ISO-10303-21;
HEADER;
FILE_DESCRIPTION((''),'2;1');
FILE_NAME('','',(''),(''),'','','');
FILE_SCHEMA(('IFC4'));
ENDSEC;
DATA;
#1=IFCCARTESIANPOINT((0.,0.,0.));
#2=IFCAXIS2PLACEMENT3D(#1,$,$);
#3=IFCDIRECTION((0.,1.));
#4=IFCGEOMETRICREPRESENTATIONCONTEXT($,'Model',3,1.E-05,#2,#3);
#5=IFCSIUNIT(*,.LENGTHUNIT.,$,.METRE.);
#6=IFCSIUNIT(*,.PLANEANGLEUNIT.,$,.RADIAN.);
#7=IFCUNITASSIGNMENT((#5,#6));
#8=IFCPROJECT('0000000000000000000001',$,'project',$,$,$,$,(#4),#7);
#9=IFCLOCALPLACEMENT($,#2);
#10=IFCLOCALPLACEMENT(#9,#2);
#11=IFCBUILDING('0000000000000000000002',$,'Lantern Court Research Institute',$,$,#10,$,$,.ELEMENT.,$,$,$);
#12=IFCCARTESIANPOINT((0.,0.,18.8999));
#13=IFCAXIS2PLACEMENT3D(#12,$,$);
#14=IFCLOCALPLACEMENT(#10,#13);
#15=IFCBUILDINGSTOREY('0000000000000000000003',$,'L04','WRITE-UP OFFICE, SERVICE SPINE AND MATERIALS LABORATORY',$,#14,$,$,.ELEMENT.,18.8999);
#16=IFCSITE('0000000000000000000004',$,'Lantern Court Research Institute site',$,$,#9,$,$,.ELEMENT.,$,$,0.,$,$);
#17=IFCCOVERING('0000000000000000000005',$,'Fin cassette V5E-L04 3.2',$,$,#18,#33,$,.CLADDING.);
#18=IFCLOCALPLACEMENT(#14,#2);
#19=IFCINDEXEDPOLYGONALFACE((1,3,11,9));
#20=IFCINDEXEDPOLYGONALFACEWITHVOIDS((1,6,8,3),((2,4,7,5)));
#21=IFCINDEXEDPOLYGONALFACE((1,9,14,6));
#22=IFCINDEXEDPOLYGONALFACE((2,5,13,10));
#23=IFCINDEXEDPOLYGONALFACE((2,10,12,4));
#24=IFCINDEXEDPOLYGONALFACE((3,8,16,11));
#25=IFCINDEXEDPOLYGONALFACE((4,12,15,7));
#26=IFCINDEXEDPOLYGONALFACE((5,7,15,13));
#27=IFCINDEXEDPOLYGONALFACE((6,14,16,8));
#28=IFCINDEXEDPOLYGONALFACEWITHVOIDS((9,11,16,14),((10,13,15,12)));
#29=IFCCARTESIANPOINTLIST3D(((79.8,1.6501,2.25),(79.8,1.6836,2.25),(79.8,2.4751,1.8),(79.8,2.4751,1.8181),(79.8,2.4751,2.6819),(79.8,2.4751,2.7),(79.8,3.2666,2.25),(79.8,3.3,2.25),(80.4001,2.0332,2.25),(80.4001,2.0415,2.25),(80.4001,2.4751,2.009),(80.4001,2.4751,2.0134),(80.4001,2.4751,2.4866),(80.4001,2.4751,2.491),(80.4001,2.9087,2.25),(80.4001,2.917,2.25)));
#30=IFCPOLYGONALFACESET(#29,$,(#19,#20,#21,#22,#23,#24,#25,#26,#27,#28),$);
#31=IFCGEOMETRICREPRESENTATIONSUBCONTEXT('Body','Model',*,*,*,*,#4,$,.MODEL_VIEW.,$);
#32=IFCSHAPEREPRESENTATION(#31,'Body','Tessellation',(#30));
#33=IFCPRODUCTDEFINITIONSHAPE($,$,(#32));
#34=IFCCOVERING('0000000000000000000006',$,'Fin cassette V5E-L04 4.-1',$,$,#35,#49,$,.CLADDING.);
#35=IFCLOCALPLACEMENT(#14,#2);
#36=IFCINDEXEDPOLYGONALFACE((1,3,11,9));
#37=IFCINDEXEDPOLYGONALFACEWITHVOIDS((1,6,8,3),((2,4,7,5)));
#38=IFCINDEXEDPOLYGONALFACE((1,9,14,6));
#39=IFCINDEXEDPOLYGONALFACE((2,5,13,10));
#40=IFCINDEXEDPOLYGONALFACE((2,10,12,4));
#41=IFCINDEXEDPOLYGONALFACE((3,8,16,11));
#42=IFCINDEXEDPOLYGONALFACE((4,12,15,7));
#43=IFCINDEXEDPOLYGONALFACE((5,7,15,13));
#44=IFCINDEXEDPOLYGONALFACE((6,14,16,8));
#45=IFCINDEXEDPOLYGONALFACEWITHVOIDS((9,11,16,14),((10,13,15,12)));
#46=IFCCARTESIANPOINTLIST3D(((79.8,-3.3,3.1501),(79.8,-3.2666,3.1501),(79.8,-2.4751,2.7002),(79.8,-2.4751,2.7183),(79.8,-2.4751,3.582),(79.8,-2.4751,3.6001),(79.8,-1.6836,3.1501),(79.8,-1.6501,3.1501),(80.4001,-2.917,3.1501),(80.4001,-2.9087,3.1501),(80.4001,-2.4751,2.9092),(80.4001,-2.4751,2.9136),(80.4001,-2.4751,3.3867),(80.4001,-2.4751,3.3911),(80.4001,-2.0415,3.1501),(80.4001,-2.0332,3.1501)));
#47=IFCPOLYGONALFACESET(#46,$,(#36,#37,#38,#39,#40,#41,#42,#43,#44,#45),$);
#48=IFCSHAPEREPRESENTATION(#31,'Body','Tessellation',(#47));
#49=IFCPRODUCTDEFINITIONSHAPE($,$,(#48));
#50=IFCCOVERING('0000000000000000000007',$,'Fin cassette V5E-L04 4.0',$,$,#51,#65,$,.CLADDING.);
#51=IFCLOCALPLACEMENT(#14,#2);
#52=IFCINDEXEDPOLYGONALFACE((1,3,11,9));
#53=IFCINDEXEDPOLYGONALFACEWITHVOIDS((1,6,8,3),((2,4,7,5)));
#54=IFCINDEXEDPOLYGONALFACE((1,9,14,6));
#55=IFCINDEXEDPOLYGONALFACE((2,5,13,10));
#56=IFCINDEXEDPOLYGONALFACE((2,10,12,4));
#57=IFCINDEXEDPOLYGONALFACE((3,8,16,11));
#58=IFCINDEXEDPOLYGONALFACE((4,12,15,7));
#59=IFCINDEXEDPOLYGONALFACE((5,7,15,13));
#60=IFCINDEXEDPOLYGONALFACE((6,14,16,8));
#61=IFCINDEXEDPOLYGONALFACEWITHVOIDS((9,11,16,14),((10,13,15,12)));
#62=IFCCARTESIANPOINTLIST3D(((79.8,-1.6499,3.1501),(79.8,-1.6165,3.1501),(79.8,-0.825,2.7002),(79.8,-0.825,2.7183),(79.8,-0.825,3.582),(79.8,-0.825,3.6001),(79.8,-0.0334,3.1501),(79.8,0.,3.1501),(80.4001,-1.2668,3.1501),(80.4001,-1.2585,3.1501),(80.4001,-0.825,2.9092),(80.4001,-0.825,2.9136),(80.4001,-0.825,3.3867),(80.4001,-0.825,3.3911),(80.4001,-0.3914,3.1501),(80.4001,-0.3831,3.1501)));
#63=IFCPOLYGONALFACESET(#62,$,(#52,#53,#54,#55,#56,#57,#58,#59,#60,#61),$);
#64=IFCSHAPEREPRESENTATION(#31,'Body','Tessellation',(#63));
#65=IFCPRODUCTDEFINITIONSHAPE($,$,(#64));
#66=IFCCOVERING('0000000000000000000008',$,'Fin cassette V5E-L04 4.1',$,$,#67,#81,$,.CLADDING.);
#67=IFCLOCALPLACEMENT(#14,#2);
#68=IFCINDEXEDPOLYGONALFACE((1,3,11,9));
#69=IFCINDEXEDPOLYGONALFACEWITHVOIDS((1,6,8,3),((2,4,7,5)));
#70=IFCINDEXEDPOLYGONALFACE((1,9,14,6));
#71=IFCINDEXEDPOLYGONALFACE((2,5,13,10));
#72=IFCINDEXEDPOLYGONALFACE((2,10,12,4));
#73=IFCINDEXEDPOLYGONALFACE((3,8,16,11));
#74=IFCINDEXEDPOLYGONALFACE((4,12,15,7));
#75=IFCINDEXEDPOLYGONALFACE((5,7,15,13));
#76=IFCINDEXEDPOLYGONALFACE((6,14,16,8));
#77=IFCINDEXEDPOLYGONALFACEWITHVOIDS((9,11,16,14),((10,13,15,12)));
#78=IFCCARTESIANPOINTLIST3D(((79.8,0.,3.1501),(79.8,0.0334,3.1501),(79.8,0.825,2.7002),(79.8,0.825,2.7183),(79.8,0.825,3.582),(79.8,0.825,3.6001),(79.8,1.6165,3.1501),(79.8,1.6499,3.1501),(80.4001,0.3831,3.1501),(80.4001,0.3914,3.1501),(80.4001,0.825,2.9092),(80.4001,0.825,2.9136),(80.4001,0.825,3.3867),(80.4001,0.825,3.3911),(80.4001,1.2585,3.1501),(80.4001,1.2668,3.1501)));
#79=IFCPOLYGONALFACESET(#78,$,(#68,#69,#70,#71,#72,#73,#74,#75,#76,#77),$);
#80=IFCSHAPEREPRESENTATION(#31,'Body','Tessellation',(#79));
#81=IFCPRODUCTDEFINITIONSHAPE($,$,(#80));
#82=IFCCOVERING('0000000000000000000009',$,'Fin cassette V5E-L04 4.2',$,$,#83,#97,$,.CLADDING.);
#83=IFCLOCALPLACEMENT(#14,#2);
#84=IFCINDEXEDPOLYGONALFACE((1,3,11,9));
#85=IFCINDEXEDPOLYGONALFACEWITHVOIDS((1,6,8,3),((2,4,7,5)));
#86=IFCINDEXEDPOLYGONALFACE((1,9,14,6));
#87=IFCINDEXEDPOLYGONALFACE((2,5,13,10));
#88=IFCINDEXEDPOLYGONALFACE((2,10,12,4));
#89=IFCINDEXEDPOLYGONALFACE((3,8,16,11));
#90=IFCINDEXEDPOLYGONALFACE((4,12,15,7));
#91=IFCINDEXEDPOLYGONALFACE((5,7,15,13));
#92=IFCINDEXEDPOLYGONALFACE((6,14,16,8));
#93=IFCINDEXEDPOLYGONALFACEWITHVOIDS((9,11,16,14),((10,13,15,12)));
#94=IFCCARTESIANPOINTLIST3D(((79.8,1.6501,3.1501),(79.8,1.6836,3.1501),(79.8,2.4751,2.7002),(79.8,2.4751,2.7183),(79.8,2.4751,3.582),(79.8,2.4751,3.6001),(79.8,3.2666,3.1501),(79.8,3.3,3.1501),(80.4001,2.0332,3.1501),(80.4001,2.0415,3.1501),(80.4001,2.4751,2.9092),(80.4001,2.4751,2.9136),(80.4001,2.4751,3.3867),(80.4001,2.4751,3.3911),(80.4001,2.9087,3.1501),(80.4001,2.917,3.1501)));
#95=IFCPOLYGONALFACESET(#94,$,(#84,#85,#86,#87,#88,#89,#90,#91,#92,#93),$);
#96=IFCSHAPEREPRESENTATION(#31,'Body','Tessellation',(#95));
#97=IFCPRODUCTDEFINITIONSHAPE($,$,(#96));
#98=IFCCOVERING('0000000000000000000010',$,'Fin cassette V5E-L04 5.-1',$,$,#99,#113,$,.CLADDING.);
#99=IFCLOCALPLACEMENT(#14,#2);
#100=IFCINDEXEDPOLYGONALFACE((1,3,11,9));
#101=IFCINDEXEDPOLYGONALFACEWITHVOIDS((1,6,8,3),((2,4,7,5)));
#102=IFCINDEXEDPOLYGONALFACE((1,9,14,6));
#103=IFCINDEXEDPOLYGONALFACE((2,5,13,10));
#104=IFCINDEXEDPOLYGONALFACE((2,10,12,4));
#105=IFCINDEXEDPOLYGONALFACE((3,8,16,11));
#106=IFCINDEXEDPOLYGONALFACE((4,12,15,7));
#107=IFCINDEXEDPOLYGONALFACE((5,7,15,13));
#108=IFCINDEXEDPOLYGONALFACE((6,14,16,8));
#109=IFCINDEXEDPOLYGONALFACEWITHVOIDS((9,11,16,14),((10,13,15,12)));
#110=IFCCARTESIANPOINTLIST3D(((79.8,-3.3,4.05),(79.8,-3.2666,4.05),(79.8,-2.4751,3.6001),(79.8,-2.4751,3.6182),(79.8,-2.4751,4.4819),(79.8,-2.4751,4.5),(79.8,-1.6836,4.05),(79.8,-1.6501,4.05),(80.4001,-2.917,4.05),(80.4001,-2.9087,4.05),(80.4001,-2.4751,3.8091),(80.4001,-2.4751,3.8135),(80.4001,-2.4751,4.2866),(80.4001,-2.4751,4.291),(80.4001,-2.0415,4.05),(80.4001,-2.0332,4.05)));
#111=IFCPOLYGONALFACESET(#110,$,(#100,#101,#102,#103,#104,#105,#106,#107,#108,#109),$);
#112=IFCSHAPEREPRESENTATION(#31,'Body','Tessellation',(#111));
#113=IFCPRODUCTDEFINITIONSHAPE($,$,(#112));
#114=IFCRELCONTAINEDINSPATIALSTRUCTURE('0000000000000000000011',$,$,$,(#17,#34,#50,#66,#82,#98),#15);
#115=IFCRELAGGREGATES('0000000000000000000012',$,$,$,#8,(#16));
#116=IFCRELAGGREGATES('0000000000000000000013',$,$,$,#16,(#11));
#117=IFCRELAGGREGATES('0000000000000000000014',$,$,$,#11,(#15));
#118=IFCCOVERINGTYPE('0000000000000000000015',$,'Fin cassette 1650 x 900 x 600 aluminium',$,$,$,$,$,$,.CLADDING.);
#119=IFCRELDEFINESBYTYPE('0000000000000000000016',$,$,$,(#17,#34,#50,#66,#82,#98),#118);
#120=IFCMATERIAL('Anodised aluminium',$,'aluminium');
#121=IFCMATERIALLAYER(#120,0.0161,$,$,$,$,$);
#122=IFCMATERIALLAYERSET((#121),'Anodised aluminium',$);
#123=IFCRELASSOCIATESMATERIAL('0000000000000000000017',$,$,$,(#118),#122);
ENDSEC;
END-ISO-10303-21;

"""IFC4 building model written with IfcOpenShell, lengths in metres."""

from ifc_helpers import new_model, entity, si_unit, direction, frame, origin, place, context, subcontext, project, spatial, material, layer, layer_set, type_object, element, save


model = new_model("IFC4")

# Units and contexts
model_context = context("Model", 3, precision=1e-05, world=origin(), true_north=direction((0.0, 1.0)))
body_context = subcontext(model_context, "Body", "Model", "MODEL_VIEW")
ifc_project = project(units=[si_unit("LENGTHUNIT", "METRE"), si_unit("PLANEANGLEUNIT", "RADIAN")], contexts=[model_context])

# Site, building, storey
site_placement = place(None, origin())
site = spatial("IfcSite", under=ifc_project, at=site_placement, Name="Lantern Court Research Institute site", CompositionType="ELEMENT", RefElevation=0.0)
building_placement = place(site_placement, origin())
building = spatial("IfcBuilding", under=site, at=building_placement, Name="Lantern Court Research Institute", CompositionType="ELEMENT")
storey_placement = place(building_placement, frame((0.0, 0.0, 18.8999)))
storey = spatial("IfcBuildingStorey", under=building, at=storey_placement, Name="L04", Description="WRITE-UP OFFICE, SERVICE SPINE AND MATERIALS LABORATORY", CompositionType="ELEMENT", Elevation=18.8999)

# Coverings
ifc_material_1 = material(Name="Anodised aluminium", Category="aluminium")
ifc_layer = layer(ifc_material_1, 0.0161)
ifc_layer_set = layer_set([ifc_layer], Name="Anodised aluminium")
covering_type = type_object("IfcCoveringType", Name="Fin cassette 1650 x 900 x 600 aluminium", PredefinedType="CLADDING", material=ifc_layer_set)
covering_1_placement = place(storey_placement, frame((79.8, 2.4751, 2.25), z_axis=(1.0, 0.0, 0.0), x_axis=(0.0, 1.0, 0.0)))
cartesian_point_1 = entity("IfcCartesianPoint", [0.825, 0.0])
cartesian_point_2 = entity("IfcCartesianPoint", [0.7915, 0.0])
cartesian_point_3 = entity("IfcCartesianPoint", [0.4419, 0.0])
cartesian_point_4 = entity("IfcCartesianPoint", [0.4336, 0.0])
element("IfcCovering", 1, at=covering_1_placement, inside=storey, type_object=covering_type, Name="Fin cassette V5E-L04 3.2", PredefinedType="CLADDING", context=body_context, shape_type="SweptSolid", body=[
    entity("IfcExtrudedAreaSolidTapered", entity("IfcArbitraryProfileDefWithVoids", "AREA", None, entity("IfcPolyline", [cartesian_point_1, entity("IfcCartesianPoint", [0.0, 0.45]), entity("IfcCartesianPoint", [-0.825, 0.0]), entity("IfcCartesianPoint", [0.0, -0.45]), cartesian_point_1]), [entity("IfcPolyline", [cartesian_point_2, entity("IfcCartesianPoint", [0.0, 0.4319]), entity("IfcCartesianPoint", [-0.7915, 0.0]), entity("IfcCartesianPoint", [0.0, -0.4319]), cartesian_point_2])]), entity("IfcAxis2Placement3D", entity("IfcCartesianPoint", [0.0, 0.0, 0.0])), entity("IfcDirection", [0.0, 0.0, 1.0]), 0.6001, entity("IfcArbitraryProfileDefWithVoids", "AREA", None, entity("IfcPolyline", [cartesian_point_3, entity("IfcCartesianPoint", [0.0, 0.241]), entity("IfcCartesianPoint", [-0.4419, 0.0]), entity("IfcCartesianPoint", [0.0, -0.241]), cartesian_point_3]), [entity("IfcPolyline", [cartesian_point_4, entity("IfcCartesianPoint", [0.0, 0.2366]), entity("IfcCartesianPoint", [-0.4336, 0.0]), entity("IfcCartesianPoint", [0.0, -0.2366]), cartesian_point_4])])),
])
covering_2_placement = place(storey_placement, frame((79.8, -2.4751, 3.1501), z_axis=(1.0, 0.0, 0.0), x_axis=(0.0, 1.0, 0.0)))
cartesian_point_5 = entity("IfcCartesianPoint", [0.825, 0.0])
cartesian_point_6 = entity("IfcCartesianPoint", [0.7915, 0.0])
cartesian_point_7 = entity("IfcCartesianPoint", [0.4419, 0.0])
cartesian_point_8 = entity("IfcCartesianPoint", [0.4336, 0.0])
element("IfcCovering", 2, at=covering_2_placement, inside=storey, type_object=covering_type, Name="Fin cassette V5E-L04 4.-1", PredefinedType="CLADDING", context=body_context, shape_type="SweptSolid", body=[
    entity("IfcExtrudedAreaSolidTapered", entity("IfcArbitraryProfileDefWithVoids", "AREA", None, entity("IfcPolyline", [cartesian_point_5, entity("IfcCartesianPoint", [0.0, 0.45]), entity("IfcCartesianPoint", [-0.825, 0.0]), entity("IfcCartesianPoint", [0.0, -0.45]), cartesian_point_5]), [entity("IfcPolyline", [cartesian_point_6, entity("IfcCartesianPoint", [0.0, 0.4319]), entity("IfcCartesianPoint", [-0.7915, 0.0]), entity("IfcCartesianPoint", [0.0, -0.4319]), cartesian_point_6])]), entity("IfcAxis2Placement3D", entity("IfcCartesianPoint", [0.0, 0.0, 0.0])), entity("IfcDirection", [0.0, 0.0, 1.0]), 0.6001, entity("IfcArbitraryProfileDefWithVoids", "AREA", None, entity("IfcPolyline", [cartesian_point_7, entity("IfcCartesianPoint", [0.0, 0.241]), entity("IfcCartesianPoint", [-0.4419, 0.0]), entity("IfcCartesianPoint", [0.0, -0.241]), cartesian_point_7]), [entity("IfcPolyline", [cartesian_point_8, entity("IfcCartesianPoint", [0.0, 0.2366]), entity("IfcCartesianPoint", [-0.4336, 0.0]), entity("IfcCartesianPoint", [0.0, -0.2366]), cartesian_point_8])])),
])
covering_3_placement = place(storey_placement, frame((79.8, -0.825, 3.1501), z_axis=(1.0, 0.0, 0.0), x_axis=(0.0, 1.0, 0.0)))
cartesian_point_9 = entity("IfcCartesianPoint", [0.825, 0.0])
cartesian_point_10 = entity("IfcCartesianPoint", [0.7915, 0.0])
cartesian_point_11 = entity("IfcCartesianPoint", [0.4419, 0.0])
cartesian_point_12 = entity("IfcCartesianPoint", [0.4336, 0.0])
element("IfcCovering", 3, at=covering_3_placement, inside=storey, type_object=covering_type, Name="Fin cassette V5E-L04 4.0", PredefinedType="CLADDING", context=body_context, shape_type="SweptSolid", body=[
    entity("IfcExtrudedAreaSolidTapered", entity("IfcArbitraryProfileDefWithVoids", "AREA", None, entity("IfcPolyline", [cartesian_point_9, entity("IfcCartesianPoint", [0.0, 0.45]), entity("IfcCartesianPoint", [-0.825, 0.0]), entity("IfcCartesianPoint", [0.0, -0.45]), cartesian_point_9]), [entity("IfcPolyline", [cartesian_point_10, entity("IfcCartesianPoint", [0.0, 0.4319]), entity("IfcCartesianPoint", [-0.7915, 0.0]), entity("IfcCartesianPoint", [0.0, -0.4319]), cartesian_point_10])]), entity("IfcAxis2Placement3D", entity("IfcCartesianPoint", [0.0, 0.0, 0.0])), entity("IfcDirection", [0.0, 0.0, 1.0]), 0.6001, entity("IfcArbitraryProfileDefWithVoids", "AREA", None, entity("IfcPolyline", [cartesian_point_11, entity("IfcCartesianPoint", [0.0, 0.241]), entity("IfcCartesianPoint", [-0.4419, 0.0]), entity("IfcCartesianPoint", [0.0, -0.241]), cartesian_point_11]), [entity("IfcPolyline", [cartesian_point_12, entity("IfcCartesianPoint", [0.0, 0.2366]), entity("IfcCartesianPoint", [-0.4336, 0.0]), entity("IfcCartesianPoint", [0.0, -0.2366]), cartesian_point_12])])),
])
covering_4_placement = place(storey_placement, frame((79.8, 0.825, 3.1501), z_axis=(1.0, 0.0, 0.0), x_axis=(0.0, 1.0, 0.0)))
cartesian_point_13 = entity("IfcCartesianPoint", [0.825, 0.0])
cartesian_point_14 = entity("IfcCartesianPoint", [0.7915, 0.0])
cartesian_point_15 = entity("IfcCartesianPoint", [0.4419, 0.0])
cartesian_point_16 = entity("IfcCartesianPoint", [0.4336, 0.0])
element("IfcCovering", 4, at=covering_4_placement, inside=storey, type_object=covering_type, Name="Fin cassette V5E-L04 4.1", PredefinedType="CLADDING", context=body_context, shape_type="SweptSolid", body=[
    entity("IfcExtrudedAreaSolidTapered", entity("IfcArbitraryProfileDefWithVoids", "AREA", None, entity("IfcPolyline", [cartesian_point_13, entity("IfcCartesianPoint", [0.0, 0.45]), entity("IfcCartesianPoint", [-0.825, 0.0]), entity("IfcCartesianPoint", [0.0, -0.45]), cartesian_point_13]), [entity("IfcPolyline", [cartesian_point_14, entity("IfcCartesianPoint", [0.0, 0.4319]), entity("IfcCartesianPoint", [-0.7915, 0.0]), entity("IfcCartesianPoint", [0.0, -0.4319]), cartesian_point_14])]), entity("IfcAxis2Placement3D", entity("IfcCartesianPoint", [0.0, 0.0, 0.0])), entity("IfcDirection", [0.0, 0.0, 1.0]), 0.6001, entity("IfcArbitraryProfileDefWithVoids", "AREA", None, entity("IfcPolyline", [cartesian_point_15, entity("IfcCartesianPoint", [0.0, 0.241]), entity("IfcCartesianPoint", [-0.4419, 0.0]), entity("IfcCartesianPoint", [0.0, -0.241]), cartesian_point_15]), [entity("IfcPolyline", [cartesian_point_16, entity("IfcCartesianPoint", [0.0, 0.2366]), entity("IfcCartesianPoint", [-0.4336, 0.0]), entity("IfcCartesianPoint", [0.0, -0.2366]), cartesian_point_16])])),
])
covering_5_placement = place(storey_placement, frame((79.8, 2.4751, 3.1501), z_axis=(1.0, 0.0, 0.0), x_axis=(0.0, 1.0, 0.0)))
cartesian_point_17 = entity("IfcCartesianPoint", [0.825, 0.0])
cartesian_point_18 = entity("IfcCartesianPoint", [0.7915, 0.0])
cartesian_point_19 = entity("IfcCartesianPoint", [0.4419, 0.0])
cartesian_point_20 = entity("IfcCartesianPoint", [0.4336, 0.0])
element("IfcCovering", 5, at=covering_5_placement, inside=storey, type_object=covering_type, Name="Fin cassette V5E-L04 4.2", PredefinedType="CLADDING", context=body_context, shape_type="SweptSolid", body=[
    entity("IfcExtrudedAreaSolidTapered", entity("IfcArbitraryProfileDefWithVoids", "AREA", None, entity("IfcPolyline", [cartesian_point_17, entity("IfcCartesianPoint", [0.0, 0.45]), entity("IfcCartesianPoint", [-0.825, 0.0]), entity("IfcCartesianPoint", [0.0, -0.45]), cartesian_point_17]), [entity("IfcPolyline", [cartesian_point_18, entity("IfcCartesianPoint", [0.0, 0.4319]), entity("IfcCartesianPoint", [-0.7915, 0.0]), entity("IfcCartesianPoint", [0.0, -0.4319]), cartesian_point_18])]), entity("IfcAxis2Placement3D", entity("IfcCartesianPoint", [0.0, 0.0, 0.0])), entity("IfcDirection", [0.0, 0.0, 1.0]), 0.6001, entity("IfcArbitraryProfileDefWithVoids", "AREA", None, entity("IfcPolyline", [cartesian_point_19, entity("IfcCartesianPoint", [0.0, 0.241]), entity("IfcCartesianPoint", [-0.4419, 0.0]), entity("IfcCartesianPoint", [0.0, -0.241]), cartesian_point_19]), [entity("IfcPolyline", [cartesian_point_20, entity("IfcCartesianPoint", [0.0, 0.2366]), entity("IfcCartesianPoint", [-0.4336, 0.0]), entity("IfcCartesianPoint", [0.0, -0.2366]), cartesian_point_20])])),
])
covering_6_placement = place(storey_placement, frame((79.8, -2.4751, 4.05), z_axis=(1.0, 0.0, 0.0), x_axis=(0.0, 1.0, 0.0)))
cartesian_point_21 = entity("IfcCartesianPoint", [0.825, 0.0])
cartesian_point_22 = entity("IfcCartesianPoint", [0.7915, 0.0])
cartesian_point_23 = entity("IfcCartesianPoint", [0.4419, 0.0])
cartesian_point_24 = entity("IfcCartesianPoint", [0.4336, 0.0])
element("IfcCovering", 6, at=covering_6_placement, inside=storey, type_object=covering_type, Name="Fin cassette V5E-L04 5.-1", PredefinedType="CLADDING", context=body_context, shape_type="SweptSolid", body=[
    entity("IfcExtrudedAreaSolidTapered", entity("IfcArbitraryProfileDefWithVoids", "AREA", None, entity("IfcPolyline", [cartesian_point_21, entity("IfcCartesianPoint", [0.0, 0.45]), entity("IfcCartesianPoint", [-0.825, 0.0]), entity("IfcCartesianPoint", [0.0, -0.45]), cartesian_point_21]), [entity("IfcPolyline", [cartesian_point_22, entity("IfcCartesianPoint", [0.0, 0.4319]), entity("IfcCartesianPoint", [-0.7915, 0.0]), entity("IfcCartesianPoint", [0.0, -0.4319]), cartesian_point_22])]), entity("IfcAxis2Placement3D", entity("IfcCartesianPoint", [0.0, 0.0, 0.0])), entity("IfcDirection", [0.0, 0.0, 1.0]), 0.6001, entity("IfcArbitraryProfileDefWithVoids", "AREA", None, entity("IfcPolyline", [cartesian_point_23, entity("IfcCartesianPoint", [0.0, 0.241]), entity("IfcCartesianPoint", [-0.4419, 0.0]), entity("IfcCartesianPoint", [0.0, -0.241]), cartesian_point_23]), [entity("IfcPolyline", [cartesian_point_24, entity("IfcCartesianPoint", [0.0, 0.2366]), entity("IfcCartesianPoint", [-0.4336, 0.0]), entity("IfcCartesianPoint", [0.0, -0.2366]), cartesian_point_24])])),
])

save(model, "model.ifc")
